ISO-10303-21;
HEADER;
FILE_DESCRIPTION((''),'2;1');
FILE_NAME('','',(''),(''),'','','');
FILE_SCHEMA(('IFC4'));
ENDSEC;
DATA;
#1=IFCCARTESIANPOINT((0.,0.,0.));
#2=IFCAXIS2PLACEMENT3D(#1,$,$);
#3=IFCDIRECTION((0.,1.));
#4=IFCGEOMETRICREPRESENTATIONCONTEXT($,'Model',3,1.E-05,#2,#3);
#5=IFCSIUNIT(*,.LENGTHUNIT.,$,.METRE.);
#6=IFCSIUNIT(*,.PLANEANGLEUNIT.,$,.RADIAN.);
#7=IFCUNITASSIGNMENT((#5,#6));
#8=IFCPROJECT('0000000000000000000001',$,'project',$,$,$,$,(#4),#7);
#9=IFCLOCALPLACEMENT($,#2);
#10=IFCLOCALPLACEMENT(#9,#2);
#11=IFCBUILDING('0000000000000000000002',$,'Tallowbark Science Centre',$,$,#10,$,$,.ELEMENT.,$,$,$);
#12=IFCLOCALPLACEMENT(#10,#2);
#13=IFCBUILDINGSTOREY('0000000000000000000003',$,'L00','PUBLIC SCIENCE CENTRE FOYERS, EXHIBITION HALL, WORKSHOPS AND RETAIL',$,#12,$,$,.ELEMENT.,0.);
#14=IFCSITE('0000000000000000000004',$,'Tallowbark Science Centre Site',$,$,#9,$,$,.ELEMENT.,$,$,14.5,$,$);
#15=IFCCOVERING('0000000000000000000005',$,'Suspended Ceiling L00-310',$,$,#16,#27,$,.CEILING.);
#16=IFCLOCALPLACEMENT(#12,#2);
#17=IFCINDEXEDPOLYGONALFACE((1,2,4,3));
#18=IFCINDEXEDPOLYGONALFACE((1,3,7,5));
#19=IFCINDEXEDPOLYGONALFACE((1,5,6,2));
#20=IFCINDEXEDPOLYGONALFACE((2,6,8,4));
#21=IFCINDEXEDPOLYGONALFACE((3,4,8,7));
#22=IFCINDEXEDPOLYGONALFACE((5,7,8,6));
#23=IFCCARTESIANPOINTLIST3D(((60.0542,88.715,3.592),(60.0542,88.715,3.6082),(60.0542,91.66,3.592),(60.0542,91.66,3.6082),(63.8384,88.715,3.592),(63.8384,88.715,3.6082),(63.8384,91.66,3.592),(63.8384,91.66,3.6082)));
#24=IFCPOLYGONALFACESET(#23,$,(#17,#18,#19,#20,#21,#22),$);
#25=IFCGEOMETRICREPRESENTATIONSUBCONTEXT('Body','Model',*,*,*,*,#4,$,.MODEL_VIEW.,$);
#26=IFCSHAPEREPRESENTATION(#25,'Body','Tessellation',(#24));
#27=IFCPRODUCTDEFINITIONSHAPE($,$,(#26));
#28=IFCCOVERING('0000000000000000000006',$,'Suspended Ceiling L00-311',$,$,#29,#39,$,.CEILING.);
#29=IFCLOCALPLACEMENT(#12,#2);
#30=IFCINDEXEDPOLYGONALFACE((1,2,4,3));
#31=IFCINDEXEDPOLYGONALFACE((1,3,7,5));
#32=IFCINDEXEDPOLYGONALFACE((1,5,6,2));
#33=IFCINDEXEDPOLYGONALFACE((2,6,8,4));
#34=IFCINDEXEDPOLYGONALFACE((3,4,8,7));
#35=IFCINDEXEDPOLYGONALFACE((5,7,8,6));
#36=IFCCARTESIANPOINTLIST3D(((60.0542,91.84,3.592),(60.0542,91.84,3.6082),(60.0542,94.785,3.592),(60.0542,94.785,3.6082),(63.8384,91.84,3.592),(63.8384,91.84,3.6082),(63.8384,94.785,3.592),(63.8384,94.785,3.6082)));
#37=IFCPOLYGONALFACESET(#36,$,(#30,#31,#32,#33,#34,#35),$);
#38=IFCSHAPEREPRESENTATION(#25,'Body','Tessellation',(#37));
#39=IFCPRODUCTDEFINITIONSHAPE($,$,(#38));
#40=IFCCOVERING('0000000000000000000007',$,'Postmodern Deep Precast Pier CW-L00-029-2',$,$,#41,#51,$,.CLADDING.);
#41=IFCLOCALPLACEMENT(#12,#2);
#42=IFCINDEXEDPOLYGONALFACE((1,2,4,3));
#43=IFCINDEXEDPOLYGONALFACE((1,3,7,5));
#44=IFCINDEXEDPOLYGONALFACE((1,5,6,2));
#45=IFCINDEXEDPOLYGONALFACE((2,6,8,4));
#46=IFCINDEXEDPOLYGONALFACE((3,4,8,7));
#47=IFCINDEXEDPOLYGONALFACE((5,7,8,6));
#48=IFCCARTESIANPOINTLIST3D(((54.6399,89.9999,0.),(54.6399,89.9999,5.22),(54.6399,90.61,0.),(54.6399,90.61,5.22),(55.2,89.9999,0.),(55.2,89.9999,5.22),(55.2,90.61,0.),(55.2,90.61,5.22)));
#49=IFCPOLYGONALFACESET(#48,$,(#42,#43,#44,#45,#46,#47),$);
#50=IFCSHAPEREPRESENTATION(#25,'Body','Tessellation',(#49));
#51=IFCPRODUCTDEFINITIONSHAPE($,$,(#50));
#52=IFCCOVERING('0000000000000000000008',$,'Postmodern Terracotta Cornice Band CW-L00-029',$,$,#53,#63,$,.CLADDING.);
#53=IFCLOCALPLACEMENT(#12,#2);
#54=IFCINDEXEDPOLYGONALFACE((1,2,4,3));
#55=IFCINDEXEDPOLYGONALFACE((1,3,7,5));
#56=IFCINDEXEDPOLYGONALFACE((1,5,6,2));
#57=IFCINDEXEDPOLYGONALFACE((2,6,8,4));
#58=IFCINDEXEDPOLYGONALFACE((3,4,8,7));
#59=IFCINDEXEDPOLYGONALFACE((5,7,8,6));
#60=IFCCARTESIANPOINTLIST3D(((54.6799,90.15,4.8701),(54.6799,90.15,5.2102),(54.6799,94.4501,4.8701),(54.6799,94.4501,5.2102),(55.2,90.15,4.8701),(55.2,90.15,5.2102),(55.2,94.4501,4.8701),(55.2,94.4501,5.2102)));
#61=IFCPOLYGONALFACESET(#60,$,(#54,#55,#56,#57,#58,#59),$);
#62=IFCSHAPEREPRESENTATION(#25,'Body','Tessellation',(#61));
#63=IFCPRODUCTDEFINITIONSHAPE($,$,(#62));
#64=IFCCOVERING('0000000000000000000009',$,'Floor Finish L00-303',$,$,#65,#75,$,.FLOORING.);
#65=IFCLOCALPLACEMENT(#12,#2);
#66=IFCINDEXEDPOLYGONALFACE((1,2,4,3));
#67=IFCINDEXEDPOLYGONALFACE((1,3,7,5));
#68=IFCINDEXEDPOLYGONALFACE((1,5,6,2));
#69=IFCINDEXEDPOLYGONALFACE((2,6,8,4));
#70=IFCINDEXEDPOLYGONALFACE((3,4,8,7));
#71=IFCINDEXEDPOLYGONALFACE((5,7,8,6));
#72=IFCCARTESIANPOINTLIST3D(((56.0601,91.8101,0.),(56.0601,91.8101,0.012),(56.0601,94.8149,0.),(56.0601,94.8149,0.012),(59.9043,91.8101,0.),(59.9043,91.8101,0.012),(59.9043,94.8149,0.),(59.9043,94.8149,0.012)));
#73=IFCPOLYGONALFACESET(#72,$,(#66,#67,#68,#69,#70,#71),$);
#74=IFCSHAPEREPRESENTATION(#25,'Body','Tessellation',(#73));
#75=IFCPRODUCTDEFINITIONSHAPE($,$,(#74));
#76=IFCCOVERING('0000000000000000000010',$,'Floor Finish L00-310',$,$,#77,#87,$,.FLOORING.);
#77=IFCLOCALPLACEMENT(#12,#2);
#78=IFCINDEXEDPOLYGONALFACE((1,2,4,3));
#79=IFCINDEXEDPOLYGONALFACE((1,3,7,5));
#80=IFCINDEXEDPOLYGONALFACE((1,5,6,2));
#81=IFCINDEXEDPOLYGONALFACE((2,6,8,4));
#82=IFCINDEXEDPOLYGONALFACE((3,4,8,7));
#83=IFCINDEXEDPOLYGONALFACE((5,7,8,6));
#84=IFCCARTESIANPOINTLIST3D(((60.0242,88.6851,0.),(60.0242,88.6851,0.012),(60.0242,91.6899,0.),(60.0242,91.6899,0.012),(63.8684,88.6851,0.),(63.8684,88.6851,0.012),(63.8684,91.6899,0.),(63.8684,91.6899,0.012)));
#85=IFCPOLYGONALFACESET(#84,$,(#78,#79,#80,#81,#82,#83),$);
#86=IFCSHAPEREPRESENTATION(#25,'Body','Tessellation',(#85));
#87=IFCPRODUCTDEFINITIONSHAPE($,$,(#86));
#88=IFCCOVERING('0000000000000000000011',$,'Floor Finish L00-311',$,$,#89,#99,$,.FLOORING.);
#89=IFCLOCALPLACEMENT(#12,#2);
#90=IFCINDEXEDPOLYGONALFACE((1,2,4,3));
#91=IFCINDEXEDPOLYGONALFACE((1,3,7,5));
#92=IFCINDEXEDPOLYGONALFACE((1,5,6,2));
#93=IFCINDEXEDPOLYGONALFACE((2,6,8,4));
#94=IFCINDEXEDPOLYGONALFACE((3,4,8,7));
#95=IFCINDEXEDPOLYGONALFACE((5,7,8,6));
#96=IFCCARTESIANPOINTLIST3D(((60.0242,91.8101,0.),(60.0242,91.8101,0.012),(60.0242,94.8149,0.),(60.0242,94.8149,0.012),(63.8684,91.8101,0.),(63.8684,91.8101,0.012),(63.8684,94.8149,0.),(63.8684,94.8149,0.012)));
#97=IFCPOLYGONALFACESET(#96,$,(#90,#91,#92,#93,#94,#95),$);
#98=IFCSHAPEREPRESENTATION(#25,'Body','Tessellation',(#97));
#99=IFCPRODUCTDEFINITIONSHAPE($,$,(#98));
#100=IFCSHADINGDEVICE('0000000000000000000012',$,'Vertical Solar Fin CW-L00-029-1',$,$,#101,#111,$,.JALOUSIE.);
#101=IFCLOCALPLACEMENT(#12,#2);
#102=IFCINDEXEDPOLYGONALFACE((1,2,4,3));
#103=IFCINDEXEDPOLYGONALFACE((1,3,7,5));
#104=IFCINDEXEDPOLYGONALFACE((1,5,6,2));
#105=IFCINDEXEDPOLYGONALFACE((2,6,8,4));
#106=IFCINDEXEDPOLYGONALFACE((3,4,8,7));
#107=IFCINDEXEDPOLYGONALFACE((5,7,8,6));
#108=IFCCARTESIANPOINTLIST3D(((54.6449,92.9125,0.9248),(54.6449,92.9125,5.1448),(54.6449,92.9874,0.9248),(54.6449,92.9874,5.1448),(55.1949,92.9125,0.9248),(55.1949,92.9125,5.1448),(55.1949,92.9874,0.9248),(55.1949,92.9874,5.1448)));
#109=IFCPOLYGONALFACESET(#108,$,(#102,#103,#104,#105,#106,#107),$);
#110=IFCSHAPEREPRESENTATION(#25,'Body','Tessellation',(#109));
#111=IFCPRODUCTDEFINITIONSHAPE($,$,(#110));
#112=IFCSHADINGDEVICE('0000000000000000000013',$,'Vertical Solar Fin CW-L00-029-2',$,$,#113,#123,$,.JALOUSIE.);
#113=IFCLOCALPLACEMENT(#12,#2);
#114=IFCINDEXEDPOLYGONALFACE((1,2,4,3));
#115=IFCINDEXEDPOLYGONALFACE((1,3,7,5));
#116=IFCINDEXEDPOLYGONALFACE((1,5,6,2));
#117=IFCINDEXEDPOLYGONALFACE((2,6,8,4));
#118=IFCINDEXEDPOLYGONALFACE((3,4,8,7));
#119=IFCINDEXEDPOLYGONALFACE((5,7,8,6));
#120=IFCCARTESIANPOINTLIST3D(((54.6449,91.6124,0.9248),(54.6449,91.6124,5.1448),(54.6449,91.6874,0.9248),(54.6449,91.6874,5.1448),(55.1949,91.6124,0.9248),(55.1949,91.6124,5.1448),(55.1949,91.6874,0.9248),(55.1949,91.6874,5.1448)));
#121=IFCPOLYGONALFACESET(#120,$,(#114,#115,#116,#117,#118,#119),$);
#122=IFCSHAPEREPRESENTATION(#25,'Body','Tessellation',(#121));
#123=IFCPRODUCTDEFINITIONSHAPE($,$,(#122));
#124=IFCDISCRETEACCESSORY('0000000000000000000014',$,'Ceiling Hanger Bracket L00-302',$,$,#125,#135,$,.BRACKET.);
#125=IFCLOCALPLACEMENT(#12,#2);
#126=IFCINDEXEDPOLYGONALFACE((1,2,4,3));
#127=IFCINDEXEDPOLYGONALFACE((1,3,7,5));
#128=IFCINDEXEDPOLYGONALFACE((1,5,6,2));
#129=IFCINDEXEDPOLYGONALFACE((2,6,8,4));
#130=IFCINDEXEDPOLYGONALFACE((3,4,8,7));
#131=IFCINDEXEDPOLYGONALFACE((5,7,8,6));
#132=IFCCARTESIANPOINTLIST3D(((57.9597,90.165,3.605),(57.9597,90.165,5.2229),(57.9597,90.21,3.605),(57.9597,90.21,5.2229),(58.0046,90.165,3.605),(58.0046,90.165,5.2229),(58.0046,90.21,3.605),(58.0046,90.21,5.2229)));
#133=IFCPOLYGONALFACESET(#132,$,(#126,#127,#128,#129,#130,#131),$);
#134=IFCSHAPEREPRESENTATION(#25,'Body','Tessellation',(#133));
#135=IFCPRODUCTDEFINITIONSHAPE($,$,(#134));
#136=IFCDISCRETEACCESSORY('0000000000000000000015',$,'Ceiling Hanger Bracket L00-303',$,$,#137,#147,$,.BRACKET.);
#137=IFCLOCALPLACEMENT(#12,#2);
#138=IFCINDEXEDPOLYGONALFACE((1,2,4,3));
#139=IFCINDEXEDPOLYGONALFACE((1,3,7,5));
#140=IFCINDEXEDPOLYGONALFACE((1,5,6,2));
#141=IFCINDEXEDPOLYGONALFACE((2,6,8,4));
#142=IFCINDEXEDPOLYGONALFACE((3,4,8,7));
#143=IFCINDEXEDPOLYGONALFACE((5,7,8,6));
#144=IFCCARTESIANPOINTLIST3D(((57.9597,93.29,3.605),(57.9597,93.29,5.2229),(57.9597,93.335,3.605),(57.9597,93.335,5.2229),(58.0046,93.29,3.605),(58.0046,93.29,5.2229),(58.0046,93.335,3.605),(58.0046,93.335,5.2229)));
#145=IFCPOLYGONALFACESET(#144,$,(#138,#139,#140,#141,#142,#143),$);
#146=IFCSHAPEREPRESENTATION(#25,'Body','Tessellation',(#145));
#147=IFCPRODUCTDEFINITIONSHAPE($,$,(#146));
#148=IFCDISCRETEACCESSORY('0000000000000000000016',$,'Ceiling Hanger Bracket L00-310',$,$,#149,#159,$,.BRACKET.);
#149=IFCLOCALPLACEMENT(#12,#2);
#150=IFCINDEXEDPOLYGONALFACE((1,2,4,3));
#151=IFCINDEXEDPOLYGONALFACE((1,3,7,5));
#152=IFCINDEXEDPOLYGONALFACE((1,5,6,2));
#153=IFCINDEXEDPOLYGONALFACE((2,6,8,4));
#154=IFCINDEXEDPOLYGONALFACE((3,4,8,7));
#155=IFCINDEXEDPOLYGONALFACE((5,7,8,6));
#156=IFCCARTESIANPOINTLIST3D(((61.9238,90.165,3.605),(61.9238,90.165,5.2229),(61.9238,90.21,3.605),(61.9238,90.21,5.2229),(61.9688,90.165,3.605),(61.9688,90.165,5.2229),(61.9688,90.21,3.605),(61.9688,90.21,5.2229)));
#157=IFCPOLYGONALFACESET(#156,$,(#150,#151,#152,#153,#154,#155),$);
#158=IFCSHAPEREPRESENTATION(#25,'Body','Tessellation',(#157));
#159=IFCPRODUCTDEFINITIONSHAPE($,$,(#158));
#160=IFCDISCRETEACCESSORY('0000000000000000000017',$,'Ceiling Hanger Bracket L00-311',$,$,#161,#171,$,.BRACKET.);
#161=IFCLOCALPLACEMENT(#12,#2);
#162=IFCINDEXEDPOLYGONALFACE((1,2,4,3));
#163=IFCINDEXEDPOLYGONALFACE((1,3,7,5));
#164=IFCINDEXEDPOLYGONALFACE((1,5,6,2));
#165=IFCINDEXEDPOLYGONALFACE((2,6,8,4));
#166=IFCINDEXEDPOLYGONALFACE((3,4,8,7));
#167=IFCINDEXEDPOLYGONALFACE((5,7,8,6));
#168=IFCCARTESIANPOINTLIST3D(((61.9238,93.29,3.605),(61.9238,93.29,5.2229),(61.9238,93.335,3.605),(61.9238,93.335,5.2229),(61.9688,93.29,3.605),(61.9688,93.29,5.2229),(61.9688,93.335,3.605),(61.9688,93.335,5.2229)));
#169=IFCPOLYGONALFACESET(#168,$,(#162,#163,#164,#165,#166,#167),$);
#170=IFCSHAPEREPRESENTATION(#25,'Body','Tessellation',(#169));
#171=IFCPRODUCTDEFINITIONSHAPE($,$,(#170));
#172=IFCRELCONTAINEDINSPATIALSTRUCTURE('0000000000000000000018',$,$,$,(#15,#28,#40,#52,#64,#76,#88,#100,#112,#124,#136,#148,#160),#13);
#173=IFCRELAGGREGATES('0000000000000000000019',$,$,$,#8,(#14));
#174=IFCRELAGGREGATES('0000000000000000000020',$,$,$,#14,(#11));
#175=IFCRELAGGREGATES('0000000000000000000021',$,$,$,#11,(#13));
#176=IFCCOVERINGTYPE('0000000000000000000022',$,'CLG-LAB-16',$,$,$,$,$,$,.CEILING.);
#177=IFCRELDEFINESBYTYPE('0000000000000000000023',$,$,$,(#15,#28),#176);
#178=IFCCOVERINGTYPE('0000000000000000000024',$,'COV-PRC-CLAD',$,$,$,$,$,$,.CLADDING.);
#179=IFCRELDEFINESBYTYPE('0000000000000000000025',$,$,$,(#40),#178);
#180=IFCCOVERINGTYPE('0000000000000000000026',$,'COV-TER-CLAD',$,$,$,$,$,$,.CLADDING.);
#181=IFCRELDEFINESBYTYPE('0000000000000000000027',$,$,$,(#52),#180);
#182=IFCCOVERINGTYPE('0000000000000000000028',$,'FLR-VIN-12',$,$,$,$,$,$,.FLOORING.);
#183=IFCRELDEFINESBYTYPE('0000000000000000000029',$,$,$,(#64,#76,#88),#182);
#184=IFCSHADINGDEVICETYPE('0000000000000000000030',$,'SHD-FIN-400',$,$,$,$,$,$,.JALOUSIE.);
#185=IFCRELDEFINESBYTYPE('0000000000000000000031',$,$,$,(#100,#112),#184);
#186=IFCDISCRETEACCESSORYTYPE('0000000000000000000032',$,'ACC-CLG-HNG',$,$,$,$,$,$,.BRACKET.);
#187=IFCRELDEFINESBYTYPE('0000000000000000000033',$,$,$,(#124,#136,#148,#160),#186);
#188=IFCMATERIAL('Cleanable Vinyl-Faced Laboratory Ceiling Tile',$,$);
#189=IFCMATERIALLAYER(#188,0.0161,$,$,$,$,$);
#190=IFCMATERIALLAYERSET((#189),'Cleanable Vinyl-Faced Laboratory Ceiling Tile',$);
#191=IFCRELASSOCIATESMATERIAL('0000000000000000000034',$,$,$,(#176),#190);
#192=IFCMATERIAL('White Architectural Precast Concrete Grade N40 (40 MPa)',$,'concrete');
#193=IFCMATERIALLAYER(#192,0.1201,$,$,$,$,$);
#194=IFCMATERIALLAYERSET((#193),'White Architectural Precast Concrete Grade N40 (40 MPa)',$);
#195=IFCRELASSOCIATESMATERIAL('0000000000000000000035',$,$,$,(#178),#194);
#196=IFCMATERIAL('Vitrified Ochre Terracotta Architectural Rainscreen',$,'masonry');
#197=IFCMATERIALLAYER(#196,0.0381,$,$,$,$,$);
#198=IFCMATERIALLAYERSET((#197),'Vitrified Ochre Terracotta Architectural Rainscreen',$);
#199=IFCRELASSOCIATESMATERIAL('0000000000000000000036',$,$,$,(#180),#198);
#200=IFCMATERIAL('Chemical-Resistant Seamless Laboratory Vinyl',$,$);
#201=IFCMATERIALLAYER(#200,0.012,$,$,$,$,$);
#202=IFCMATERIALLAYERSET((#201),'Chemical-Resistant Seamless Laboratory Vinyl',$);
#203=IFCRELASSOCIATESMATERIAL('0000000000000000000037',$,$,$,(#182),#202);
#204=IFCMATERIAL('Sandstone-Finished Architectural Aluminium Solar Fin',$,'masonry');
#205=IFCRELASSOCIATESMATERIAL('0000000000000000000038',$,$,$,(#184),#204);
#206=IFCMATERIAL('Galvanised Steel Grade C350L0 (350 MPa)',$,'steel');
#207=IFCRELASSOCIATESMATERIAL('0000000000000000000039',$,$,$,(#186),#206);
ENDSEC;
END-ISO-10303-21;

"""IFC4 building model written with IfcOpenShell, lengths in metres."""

from ifc_helpers import new_model, si_unit, direction, frame, origin, origin_2d, place, context, subcontext, project, spatial, rectangle, extrude, material, layer, layer_set, type_object, element, save


model = new_model("IFC4")

# Units and contexts
model_context = context("Model", 3, precision=1e-05, world=origin(), true_north=direction((0.0, 1.0)))
body_context = subcontext(model_context, "Body", "Model", "MODEL_VIEW")
ifc_project = project(units=[si_unit("LENGTHUNIT", "METRE"), si_unit("PLANEANGLEUNIT", "RADIAN")], contexts=[model_context])

# Site, building, storey
site_placement = place(None, origin())
site = spatial("IfcSite", under=ifc_project, at=site_placement, Name="Tallowbark Science Centre Site", CompositionType="ELEMENT", RefElevation=14.5)
building_placement = place(site_placement, origin())
building = spatial("IfcBuilding", under=site, at=building_placement, Name="Tallowbark Science Centre", CompositionType="ELEMENT")
storey_placement = place(building_placement, origin())
storey = spatial("IfcBuildingStorey", under=building, at=storey_placement, Name="L00", Description="PUBLIC SCIENCE CENTRE FOYERS, EXHIBITION HALL, WORKSHOPS AND RETAIL", CompositionType="ELEMENT", Elevation=0.0)

# Coverings
ifc_material_1 = material(Name="Cleanable Vinyl-Faced Laboratory Ceiling Tile")
ifc_layer_1 = layer(ifc_material_1, 0.0161)
ifc_layer_set_1 = layer_set([ifc_layer_1], Name="Cleanable Vinyl-Faced Laboratory Ceiling Tile")
covering_type_1 = type_object("IfcCoveringType", Name="CLG-LAB-16", PredefinedType="CEILING", material=ifc_layer_set_1)
for number, where, z_axis, x_axis, name in (
    (1, (61.9463, 90.1875, 3.592), (0.0, 0.0, 1.0), (1.0, 0.0, 0.0), "Suspended Ceiling L00-310"),
    (2, (61.9463, 93.3125, 3.592), (0.0, 0.0, 1.0), (1.0, 0.0, 0.0), "Suspended Ceiling L00-311"),
):
    element("IfcCovering", number, at=place(storey_placement, frame(where, z_axis=z_axis, x_axis=x_axis)), inside=storey, type_object=covering_type_1, Name=name, PredefinedType="CEILING", context=body_context, shape_type="SweptSolid", body=[
        extrude(rectangle(XDim=3.7842, YDim=2.9451, at=origin_2d()), origin(), (0.0, 0.0, 1.0), 0.0161),
    ])
ifc_material_2 = material(Name="White Architectural Precast Concrete Grade N40 (40 MPa)", Category="concrete")
ifc_layer_2 = layer(ifc_material_2, 0.1201)
ifc_layer_set_2 = layer_set([ifc_layer_2], Name="White Architectural Precast Concrete Grade N40 (40 MPa)")
covering_type_2 = type_object("IfcCoveringType", Name="COV-PRC-CLAD", PredefinedType="CLADDING", material=ifc_layer_set_2)
covering_1_placement = place(storey_placement, frame((54.9199, 90.3049, 0.0), z_axis=(0.0, 0.0, 1.0), x_axis=(0.0, -1.0, 0.0)))
element("IfcCovering", 3, at=covering_1_placement, inside=storey, type_object=covering_type_2, Name="Postmodern Deep Precast Pier CW-L00-029-2", PredefinedType="CLADDING", context=body_context, shape_type="SweptSolid", body=[
    extrude(rectangle(XDim=0.6101, YDim=0.5601, at=origin_2d()), origin(), (0.0, 0.0, 1.0), 5.22),
])
ifc_material_3 = material(Name="Vitrified Ochre Terracotta Architectural Rainscreen", Category="masonry")
ifc_layer_3 = layer(ifc_material_3, 0.0381)
ifc_layer_set_3 = layer_set([ifc_layer_3], Name="Vitrified Ochre Terracotta Architectural Rainscreen")
covering_type_3 = type_object("IfcCoveringType", Name="COV-TER-CLAD", PredefinedType="CLADDING", material=ifc_layer_set_3)
covering_2_placement = place(storey_placement, frame((54.9399, 92.3, 4.8701), z_axis=(0.0, 0.0, 1.0), x_axis=(0.0, -1.0, 0.0)))
element("IfcCovering", 4, at=covering_2_placement, inside=storey, type_object=covering_type_3, Name="Postmodern Terracotta Cornice Band CW-L00-029", PredefinedType="CLADDING", context=body_context, shape_type="SweptSolid", body=[
    extrude(rectangle(XDim=4.3, YDim=0.52, at=origin_2d()), origin(), (0.0, 0.0, 1.0), 0.3401),
])
ifc_material_4 = material(Name="Chemical-Resistant Seamless Laboratory Vinyl")
ifc_layer_4 = layer(ifc_material_4, 0.012)
ifc_layer_set_4 = layer_set([ifc_layer_4], Name="Chemical-Resistant Seamless Laboratory Vinyl")
covering_type_4 = type_object("IfcCoveringType", Name="FLR-VIN-12", PredefinedType="FLOORING", material=ifc_layer_set_4)
for number, where, z_axis, x_axis, name in (
    (5, (57.9822, 93.3125, 0.0), (0.0, 0.0, 1.0), (1.0, 0.0, 0.0), "Floor Finish L00-303"),
    (6, (61.9463, 90.1875, 0.0), (0.0, 0.0, 1.0), (1.0, 0.0, 0.0), "Floor Finish L00-310"),
    (7, (61.9463, 93.3125, 0.0), (0.0, 0.0, 1.0), (1.0, 0.0, 0.0), "Floor Finish L00-311"),
):
    element("IfcCovering", number, at=place(storey_placement, frame(where, z_axis=z_axis, x_axis=x_axis)), inside=storey, type_object=covering_type_4, Name=name, PredefinedType="FLOORING", context=body_context, shape_type="SweptSolid", body=[
        extrude(rectangle(XDim=3.8442, YDim=3.0049, at=origin_2d()), origin(), (0.0, 0.0, 1.0), 0.012),
    ])

# Shading devices
ifc_material_5 = material(Name="Sandstone-Finished Architectural Aluminium Solar Fin", Category="masonry")
shading_device_type = type_object("IfcShadingDeviceType", Name="SHD-FIN-400", PredefinedType="JALOUSIE", material=ifc_material_5)
for number, where, z_axis, x_axis, name in (
    (8, (54.9199, 92.95, 0.9248), (0.0, 0.0, 1.0), (0.0, -1.0, 0.0), "Vertical Solar Fin CW-L00-029-1"),
    (9, (54.9199, 91.6499, 0.9248), (0.0, 0.0, 1.0), (0.0, -1.0, 0.0), "Vertical Solar Fin CW-L00-029-2"),
):
    element("IfcShadingDevice", number, at=place(storey_placement, frame(where, z_axis=z_axis, x_axis=x_axis)), inside=storey, type_object=shading_device_type, Name=name, PredefinedType="JALOUSIE", context=body_context, shape_type="SweptSolid", body=[
        extrude(rectangle(XDim=0.075, YDim=0.55, at=origin_2d()), origin(), (0.0, 0.0, 1.0), 4.22),
    ])

# Discrete accessories
ifc_material_6 = material(Name="Galvanised Steel Grade C350L0 (350 MPa)", Category="steel")
discrete_accessory_type = type_object("IfcDiscreteAccessoryType", Name="ACC-CLG-HNG", PredefinedType="BRACKET", material=ifc_material_6)
for number, where, z_axis, x_axis, name in (
    (10, (57.9822, 90.1875, 3.605), (0.0, 0.0, 1.0), (1.0, 0.0, 0.0), "Ceiling Hanger Bracket L00-302"),
    (11, (57.9822, 93.3125, 3.605), (0.0, 0.0, 1.0), (1.0, 0.0, 0.0), "Ceiling Hanger Bracket L00-303"),
    (12, (61.9463, 90.1875, 3.605), (0.0, 0.0, 1.0), (1.0, 0.0, 0.0), "Ceiling Hanger Bracket L00-310"),
    (13, (61.9463, 93.3125, 3.605), (0.0, 0.0, 1.0), (1.0, 0.0, 0.0), "Ceiling Hanger Bracket L00-311"),
):
    element("IfcDiscreteAccessory", number, at=place(storey_placement, frame(where, z_axis=z_axis, x_axis=x_axis)), inside=storey, type_object=discrete_accessory_type, Name=name, PredefinedType="BRACKET", context=body_context, shape_type="SweptSolid", body=[
        extrude(rectangle(XDim=0.0449, YDim=0.0449, at=origin_2d()), origin(), (0.0, 0.0, 1.0), 1.6179),
    ])

save(model, "model.ifc")
